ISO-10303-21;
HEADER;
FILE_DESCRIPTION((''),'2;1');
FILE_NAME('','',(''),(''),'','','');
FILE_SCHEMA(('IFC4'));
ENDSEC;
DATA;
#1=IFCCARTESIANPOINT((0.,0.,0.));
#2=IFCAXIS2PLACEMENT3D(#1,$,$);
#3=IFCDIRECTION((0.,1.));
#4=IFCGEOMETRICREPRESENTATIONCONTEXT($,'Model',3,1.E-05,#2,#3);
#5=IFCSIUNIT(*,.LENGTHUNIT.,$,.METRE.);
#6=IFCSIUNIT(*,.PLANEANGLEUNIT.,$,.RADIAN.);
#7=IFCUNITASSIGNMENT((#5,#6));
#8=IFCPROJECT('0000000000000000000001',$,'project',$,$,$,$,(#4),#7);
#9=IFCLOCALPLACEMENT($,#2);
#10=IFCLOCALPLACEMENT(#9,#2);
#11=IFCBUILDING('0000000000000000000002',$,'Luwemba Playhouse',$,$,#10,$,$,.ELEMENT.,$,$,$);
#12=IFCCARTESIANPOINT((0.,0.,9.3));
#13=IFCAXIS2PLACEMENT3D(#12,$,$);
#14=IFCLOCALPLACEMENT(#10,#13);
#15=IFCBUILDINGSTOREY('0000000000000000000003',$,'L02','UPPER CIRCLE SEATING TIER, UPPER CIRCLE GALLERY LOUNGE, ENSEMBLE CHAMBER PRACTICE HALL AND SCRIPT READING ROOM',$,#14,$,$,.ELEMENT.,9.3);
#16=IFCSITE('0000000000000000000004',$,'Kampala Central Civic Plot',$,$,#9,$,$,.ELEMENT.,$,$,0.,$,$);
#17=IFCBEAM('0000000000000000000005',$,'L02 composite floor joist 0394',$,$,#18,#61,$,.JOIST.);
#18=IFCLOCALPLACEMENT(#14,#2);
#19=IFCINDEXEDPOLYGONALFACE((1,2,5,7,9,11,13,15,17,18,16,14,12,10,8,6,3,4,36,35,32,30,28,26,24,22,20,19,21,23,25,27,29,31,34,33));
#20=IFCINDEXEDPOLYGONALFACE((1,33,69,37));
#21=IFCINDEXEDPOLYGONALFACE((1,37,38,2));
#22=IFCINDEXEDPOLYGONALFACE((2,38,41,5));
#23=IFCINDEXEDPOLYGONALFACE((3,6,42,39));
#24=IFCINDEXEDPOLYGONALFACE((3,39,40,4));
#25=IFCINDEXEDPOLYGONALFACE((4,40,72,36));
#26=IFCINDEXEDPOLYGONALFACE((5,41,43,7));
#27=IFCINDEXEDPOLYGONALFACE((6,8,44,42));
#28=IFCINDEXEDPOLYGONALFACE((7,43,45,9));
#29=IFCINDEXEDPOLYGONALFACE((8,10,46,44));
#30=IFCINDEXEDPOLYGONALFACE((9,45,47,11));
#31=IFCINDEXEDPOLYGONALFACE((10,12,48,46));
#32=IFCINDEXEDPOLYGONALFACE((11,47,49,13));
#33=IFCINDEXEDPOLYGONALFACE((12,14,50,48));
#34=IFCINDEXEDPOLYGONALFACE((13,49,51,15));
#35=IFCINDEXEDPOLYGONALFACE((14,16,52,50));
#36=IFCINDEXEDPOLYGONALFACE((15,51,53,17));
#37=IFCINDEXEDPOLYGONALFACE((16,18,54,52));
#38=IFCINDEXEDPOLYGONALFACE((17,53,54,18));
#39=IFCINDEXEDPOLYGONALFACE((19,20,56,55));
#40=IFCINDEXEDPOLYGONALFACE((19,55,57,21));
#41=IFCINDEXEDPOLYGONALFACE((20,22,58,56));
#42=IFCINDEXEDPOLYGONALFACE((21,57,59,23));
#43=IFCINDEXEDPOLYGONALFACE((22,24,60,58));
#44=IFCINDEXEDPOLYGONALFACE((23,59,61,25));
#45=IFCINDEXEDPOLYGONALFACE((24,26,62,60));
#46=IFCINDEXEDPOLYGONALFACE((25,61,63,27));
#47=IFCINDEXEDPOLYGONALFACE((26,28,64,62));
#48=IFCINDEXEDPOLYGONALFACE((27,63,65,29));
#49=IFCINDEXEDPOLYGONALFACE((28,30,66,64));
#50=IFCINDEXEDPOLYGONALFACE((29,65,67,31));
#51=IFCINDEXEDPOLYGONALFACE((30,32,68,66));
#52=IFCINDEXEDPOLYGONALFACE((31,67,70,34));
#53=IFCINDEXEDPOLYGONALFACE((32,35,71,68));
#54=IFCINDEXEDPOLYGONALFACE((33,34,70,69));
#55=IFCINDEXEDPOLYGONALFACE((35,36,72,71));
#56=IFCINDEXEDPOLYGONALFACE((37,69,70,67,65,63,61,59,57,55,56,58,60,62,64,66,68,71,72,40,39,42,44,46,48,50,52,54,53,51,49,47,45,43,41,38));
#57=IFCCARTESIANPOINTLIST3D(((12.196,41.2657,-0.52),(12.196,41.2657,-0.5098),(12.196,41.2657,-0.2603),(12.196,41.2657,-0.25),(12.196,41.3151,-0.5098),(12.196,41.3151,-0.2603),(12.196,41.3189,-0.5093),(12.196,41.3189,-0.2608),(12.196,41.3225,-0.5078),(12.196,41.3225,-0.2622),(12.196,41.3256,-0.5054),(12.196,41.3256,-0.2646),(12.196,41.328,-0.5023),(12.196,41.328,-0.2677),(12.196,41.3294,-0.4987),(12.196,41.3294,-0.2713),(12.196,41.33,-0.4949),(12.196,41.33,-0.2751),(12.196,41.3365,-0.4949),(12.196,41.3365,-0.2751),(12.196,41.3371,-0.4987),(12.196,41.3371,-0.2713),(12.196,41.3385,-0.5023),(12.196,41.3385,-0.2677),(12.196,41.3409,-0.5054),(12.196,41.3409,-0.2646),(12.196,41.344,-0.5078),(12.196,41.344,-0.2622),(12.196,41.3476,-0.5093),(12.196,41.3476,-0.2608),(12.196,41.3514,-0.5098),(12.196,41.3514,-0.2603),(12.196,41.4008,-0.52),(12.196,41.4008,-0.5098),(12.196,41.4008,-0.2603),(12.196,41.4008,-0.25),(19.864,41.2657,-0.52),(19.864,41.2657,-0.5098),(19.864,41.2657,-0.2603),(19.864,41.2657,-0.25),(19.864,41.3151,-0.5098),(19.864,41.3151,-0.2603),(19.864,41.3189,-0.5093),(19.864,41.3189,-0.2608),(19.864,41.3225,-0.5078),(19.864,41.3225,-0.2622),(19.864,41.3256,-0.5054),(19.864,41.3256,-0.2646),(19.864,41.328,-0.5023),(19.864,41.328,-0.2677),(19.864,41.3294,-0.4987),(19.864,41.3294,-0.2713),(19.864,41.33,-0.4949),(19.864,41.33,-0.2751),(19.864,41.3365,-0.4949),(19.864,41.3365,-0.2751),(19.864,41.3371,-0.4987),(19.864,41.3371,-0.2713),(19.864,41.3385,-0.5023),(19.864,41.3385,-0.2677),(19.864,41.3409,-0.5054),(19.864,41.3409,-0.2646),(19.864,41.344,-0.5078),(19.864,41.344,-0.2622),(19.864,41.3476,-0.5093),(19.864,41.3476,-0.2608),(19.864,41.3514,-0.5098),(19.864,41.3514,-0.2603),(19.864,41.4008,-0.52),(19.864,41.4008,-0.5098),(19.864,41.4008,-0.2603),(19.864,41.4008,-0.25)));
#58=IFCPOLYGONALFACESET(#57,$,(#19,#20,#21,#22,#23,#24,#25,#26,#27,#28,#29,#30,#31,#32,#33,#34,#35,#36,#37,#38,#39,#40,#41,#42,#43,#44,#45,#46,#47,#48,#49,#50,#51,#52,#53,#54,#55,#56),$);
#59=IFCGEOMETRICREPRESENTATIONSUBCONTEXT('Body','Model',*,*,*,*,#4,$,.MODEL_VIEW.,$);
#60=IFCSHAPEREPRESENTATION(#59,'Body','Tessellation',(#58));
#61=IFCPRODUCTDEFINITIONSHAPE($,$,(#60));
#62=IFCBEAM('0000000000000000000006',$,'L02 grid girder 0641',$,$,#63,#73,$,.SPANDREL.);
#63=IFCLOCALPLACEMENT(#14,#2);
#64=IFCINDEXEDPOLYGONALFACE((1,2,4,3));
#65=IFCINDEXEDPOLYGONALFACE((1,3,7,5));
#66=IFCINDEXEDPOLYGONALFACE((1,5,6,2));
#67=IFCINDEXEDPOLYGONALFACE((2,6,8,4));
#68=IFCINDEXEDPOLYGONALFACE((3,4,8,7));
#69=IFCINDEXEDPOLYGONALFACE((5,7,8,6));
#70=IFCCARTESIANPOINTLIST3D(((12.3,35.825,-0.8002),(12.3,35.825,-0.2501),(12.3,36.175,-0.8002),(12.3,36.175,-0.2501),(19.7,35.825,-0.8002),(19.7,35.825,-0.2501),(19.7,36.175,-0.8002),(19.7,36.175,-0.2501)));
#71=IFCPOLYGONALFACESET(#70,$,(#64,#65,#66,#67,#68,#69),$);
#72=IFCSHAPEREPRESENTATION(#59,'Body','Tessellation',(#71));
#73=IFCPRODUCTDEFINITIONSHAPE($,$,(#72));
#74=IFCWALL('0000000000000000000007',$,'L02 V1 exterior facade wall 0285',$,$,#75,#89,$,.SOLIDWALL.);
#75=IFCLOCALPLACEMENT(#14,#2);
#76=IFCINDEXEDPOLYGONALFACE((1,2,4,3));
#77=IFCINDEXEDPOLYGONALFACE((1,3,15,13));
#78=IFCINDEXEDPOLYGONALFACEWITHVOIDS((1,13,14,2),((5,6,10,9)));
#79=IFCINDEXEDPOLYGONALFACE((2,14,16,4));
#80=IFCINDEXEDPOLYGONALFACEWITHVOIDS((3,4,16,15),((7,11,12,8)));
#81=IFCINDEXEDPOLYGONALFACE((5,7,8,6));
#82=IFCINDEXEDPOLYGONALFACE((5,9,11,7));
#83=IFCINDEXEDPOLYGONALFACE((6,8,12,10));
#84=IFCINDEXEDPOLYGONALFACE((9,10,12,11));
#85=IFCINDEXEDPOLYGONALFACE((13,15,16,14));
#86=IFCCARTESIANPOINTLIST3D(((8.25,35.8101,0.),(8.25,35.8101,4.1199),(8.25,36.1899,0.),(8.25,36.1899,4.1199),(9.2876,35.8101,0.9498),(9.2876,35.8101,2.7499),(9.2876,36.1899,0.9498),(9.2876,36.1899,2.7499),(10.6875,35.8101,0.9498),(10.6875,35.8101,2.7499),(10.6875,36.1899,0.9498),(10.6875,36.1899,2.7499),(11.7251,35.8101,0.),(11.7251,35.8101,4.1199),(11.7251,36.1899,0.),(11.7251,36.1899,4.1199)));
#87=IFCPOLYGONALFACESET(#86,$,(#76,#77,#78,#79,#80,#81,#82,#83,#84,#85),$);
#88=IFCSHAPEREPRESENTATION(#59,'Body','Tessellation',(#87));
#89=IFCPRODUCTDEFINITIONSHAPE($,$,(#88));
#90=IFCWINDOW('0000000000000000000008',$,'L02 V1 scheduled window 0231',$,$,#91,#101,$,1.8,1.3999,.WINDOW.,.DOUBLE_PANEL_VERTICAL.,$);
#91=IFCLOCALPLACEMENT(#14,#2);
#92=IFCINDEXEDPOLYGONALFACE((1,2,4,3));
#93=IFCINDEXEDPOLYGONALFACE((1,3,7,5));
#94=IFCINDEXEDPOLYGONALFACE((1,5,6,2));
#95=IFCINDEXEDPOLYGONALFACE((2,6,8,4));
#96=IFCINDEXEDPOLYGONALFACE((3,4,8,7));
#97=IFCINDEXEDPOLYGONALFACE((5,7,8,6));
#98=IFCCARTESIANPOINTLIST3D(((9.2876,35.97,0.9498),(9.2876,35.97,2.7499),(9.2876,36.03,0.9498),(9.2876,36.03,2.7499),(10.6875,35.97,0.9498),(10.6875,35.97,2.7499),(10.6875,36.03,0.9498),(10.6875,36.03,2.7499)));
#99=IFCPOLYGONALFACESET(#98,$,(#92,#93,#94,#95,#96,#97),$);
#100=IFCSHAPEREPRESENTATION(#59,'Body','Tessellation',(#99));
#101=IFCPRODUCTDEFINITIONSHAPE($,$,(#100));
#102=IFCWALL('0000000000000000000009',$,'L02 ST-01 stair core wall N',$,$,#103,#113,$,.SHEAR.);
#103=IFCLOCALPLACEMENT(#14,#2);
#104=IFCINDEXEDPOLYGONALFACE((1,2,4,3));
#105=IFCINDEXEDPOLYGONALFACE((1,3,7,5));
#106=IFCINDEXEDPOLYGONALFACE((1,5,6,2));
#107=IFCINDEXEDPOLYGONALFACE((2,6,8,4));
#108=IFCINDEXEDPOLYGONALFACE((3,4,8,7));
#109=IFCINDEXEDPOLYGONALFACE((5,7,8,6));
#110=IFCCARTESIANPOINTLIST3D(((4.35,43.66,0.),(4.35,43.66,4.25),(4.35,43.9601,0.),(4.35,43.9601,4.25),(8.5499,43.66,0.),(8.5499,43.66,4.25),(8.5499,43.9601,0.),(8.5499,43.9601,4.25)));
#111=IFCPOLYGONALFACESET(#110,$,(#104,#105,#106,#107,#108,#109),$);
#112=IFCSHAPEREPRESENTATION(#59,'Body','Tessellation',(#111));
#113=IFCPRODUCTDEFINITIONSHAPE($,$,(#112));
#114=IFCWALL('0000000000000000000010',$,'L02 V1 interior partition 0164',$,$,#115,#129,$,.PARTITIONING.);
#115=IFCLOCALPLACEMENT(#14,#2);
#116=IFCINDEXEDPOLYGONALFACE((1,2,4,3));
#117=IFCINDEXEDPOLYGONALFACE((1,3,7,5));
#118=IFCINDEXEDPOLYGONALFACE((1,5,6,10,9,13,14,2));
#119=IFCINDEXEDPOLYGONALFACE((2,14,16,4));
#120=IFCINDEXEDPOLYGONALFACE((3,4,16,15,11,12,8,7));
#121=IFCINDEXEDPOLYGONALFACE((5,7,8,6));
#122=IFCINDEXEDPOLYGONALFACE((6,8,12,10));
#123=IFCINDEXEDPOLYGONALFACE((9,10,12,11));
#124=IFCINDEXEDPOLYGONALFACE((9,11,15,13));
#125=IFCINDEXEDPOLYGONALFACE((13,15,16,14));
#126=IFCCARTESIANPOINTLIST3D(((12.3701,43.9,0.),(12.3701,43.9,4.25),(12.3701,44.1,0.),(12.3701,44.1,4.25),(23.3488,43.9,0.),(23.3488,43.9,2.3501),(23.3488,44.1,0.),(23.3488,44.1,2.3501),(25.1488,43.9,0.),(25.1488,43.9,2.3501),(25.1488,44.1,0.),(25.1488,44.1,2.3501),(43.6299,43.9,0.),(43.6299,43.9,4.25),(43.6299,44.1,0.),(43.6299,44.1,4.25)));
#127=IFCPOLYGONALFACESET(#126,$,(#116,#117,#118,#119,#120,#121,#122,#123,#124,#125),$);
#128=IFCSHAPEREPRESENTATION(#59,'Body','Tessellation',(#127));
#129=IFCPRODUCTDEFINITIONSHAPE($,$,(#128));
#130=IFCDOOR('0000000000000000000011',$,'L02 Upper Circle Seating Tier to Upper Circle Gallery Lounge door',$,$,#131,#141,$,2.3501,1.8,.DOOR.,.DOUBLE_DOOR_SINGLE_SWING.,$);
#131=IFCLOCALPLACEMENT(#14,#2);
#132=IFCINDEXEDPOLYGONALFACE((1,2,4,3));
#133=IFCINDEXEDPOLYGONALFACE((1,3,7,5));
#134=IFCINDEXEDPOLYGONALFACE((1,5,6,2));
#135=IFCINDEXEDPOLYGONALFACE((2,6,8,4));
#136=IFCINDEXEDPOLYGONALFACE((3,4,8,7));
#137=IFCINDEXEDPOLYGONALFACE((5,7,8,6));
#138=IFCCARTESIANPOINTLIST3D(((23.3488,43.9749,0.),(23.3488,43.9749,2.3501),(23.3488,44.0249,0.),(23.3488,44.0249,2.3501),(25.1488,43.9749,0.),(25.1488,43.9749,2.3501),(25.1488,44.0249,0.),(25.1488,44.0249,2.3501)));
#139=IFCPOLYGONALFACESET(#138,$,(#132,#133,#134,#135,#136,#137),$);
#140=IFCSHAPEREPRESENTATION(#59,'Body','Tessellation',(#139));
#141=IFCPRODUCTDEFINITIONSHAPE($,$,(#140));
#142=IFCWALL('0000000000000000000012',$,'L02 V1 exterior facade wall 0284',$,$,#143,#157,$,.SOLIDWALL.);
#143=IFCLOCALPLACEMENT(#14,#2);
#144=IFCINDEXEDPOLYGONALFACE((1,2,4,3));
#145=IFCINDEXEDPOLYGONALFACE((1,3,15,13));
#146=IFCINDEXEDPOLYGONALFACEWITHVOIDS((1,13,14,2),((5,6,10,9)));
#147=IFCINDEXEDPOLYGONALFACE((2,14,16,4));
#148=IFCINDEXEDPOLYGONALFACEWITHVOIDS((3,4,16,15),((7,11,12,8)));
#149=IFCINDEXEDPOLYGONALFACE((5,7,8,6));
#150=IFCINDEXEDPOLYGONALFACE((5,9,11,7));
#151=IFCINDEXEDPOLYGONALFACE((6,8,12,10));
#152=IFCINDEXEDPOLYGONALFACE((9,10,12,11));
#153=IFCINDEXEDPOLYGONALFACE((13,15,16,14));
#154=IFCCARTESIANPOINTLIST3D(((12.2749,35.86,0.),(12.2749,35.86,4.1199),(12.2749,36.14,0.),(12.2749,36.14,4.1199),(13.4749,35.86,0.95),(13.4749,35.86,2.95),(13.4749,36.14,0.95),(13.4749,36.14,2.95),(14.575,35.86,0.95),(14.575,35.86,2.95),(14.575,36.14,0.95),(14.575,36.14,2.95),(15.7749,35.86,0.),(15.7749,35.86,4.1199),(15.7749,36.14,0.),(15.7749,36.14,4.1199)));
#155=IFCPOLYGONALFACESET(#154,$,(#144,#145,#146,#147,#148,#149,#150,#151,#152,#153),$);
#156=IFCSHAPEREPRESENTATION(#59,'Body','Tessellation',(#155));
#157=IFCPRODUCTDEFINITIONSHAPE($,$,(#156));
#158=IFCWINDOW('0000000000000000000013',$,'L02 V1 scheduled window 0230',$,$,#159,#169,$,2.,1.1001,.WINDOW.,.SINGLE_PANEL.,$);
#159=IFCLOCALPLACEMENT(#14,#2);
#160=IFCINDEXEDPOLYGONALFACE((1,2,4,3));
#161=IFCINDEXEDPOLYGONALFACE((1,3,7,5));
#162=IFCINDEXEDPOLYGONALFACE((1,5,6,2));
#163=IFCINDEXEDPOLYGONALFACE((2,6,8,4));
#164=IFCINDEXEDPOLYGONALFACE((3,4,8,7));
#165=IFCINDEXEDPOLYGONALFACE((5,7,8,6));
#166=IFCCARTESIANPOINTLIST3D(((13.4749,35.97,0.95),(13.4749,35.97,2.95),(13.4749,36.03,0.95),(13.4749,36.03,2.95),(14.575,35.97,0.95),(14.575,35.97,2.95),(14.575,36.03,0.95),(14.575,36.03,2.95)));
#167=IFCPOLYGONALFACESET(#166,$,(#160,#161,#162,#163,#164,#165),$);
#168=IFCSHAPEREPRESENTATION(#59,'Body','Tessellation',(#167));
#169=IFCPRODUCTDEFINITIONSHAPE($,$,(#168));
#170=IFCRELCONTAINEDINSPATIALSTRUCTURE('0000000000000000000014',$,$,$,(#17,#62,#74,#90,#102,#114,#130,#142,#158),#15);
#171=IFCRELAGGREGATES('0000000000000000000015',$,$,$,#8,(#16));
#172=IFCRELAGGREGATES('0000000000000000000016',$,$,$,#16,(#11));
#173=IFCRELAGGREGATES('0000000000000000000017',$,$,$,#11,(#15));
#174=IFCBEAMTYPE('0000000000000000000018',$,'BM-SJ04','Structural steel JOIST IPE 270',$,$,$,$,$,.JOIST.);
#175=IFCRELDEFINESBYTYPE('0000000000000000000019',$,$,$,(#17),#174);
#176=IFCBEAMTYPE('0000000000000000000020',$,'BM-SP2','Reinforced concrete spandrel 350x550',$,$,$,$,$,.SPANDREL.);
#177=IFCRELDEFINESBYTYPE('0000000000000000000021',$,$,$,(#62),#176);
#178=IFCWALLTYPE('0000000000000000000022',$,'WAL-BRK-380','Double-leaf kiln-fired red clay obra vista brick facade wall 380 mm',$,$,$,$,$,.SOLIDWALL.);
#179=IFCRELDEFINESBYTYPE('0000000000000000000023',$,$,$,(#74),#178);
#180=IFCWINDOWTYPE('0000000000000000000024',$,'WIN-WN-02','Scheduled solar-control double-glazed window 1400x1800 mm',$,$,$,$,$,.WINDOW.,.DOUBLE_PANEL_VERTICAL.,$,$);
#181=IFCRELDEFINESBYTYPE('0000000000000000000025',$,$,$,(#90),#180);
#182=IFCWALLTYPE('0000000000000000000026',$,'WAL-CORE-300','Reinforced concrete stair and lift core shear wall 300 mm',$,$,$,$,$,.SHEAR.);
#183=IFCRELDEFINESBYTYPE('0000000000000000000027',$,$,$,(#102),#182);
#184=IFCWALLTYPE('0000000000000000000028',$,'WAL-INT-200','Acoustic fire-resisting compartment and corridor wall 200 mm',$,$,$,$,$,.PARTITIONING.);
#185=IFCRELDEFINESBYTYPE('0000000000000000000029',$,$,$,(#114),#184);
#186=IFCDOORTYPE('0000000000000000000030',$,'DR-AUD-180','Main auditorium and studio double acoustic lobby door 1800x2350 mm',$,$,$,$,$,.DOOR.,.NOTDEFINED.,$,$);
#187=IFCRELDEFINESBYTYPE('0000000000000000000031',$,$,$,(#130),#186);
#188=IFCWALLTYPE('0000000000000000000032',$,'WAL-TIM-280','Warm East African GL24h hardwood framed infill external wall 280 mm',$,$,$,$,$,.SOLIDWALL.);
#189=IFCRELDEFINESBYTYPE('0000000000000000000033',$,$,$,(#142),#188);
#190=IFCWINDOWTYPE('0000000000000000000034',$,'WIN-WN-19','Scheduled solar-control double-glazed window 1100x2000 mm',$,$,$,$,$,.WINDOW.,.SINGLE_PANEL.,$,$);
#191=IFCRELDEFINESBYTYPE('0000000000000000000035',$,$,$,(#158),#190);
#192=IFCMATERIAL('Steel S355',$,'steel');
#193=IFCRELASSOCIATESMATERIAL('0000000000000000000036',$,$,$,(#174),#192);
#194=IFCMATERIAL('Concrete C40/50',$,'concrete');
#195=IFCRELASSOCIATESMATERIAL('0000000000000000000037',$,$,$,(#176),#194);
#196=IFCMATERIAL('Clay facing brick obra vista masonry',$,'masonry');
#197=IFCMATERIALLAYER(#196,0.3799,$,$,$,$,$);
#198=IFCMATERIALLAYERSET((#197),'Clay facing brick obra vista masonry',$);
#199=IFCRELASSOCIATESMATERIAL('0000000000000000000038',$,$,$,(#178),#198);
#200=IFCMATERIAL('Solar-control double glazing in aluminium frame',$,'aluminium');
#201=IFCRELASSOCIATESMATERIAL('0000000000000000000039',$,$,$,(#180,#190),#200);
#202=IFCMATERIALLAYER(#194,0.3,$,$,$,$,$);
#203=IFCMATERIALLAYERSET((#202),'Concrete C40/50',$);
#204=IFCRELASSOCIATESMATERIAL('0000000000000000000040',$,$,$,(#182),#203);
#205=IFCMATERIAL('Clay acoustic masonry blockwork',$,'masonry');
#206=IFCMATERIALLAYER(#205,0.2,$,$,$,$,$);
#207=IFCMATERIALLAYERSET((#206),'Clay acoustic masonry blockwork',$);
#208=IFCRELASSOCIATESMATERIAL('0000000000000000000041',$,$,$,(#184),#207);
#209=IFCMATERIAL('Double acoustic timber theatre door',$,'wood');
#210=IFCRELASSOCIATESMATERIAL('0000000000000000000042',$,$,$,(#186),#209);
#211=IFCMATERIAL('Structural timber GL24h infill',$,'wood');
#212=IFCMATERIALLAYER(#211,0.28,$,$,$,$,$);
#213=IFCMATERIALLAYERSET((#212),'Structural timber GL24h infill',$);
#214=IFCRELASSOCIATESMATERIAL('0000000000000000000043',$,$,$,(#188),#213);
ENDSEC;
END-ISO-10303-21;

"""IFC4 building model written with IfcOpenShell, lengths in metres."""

from ifc_helpers import new_model, si_unit, direction, frame, frame_2d, origin, origin_2d, place, context, subcontext, project, spatial, rectangle, i_section, extrude, material, layer, layer_set, material_profile, profile_set, type_object, element, fill, save


model = new_model("IFC4")

# Units and contexts
model_context = context("Model", 3, precision=1e-05, world=origin(), true_north=direction((0.0, 1.0)))
body_context = subcontext(model_context, "Body", "Model", "MODEL_VIEW")
ifc_project = project(units=[si_unit("LENGTHUNIT", "METRE"), si_unit("PLANEANGLEUNIT", "RADIAN")], contexts=[model_context])

# Site, building, storey
site_placement = place(None, origin())
site = spatial("IfcSite", under=ifc_project, at=site_placement, Name="Kampala Central Civic Plot", CompositionType="ELEMENT", RefElevation=0.0)
building_placement = place(site_placement, origin())
building = spatial("IfcBuilding", under=site, at=building_placement, Name="Luwemba Playhouse", CompositionType="ELEMENT")
storey_placement = place(building_placement, frame((0.0, 0.0, 9.3)))
storey = spatial("IfcBuildingStorey", under=building, at=storey_placement, Name="L02", Description="UPPER CIRCLE SEATING TIER, UPPER CIRCLE GALLERY LOUNGE, ENSEMBLE CHAMBER PRACTICE HALL AND SCRIPT READING ROOM", CompositionType="ELEMENT", Elevation=9.3)

# Shared definitions
ifc_material_1 = material(Name="Concrete C40/50", Category="concrete")

# Beams
ifc_material_2 = material(Name="Steel S355", Category="steel")
ifc_material_profile_1 = material_profile(ifc_material_2, i_section(OverallWidth=0.135, OverallDepth=0.27, WebThickness=0.0066, FlangeThickness=0.0103, FilletRadius=0.0149, at=origin_2d()))
ifc_profile_set_1 = profile_set([ifc_material_profile_1], Name="Steel S355")
beam_type_1 = type_object("IfcBeamType", Name="BM-SJ04", Description="Structural steel JOIST IPE 270", PredefinedType="JOIST", material=ifc_profile_set_1)
beam_1_placement = place(storey_placement, frame((12.196, 41.3333, -0.385), z_axis=(1.0, 0.0, 0.0), x_axis=(0.0, 1.0, 0.0)))
element("IfcBeam", 1, at=beam_1_placement, inside=storey, type_object=beam_type_1, Name="L02 composite floor joist 0394", PredefinedType="JOIST", context=body_context, shape_type="SweptSolid", body=[
    extrude(i_section(OverallWidth=0.135, OverallDepth=0.27, WebThickness=0.0066, FlangeThickness=0.0103, FilletRadius=0.0149, at=origin_2d()), origin(), (0.0, 0.0, 1.0), 7.668),
])
ifc_material_profile_2 = material_profile(ifc_material_1, rectangle(XDim=0.3501, YDim=0.55, at=origin_2d()))
ifc_profile_set_2 = profile_set([ifc_material_profile_2], Name="Concrete C40/50")
beam_type_2 = type_object("IfcBeamType", Name="BM-SP2", Description="Reinforced concrete spandrel 350x550", PredefinedType="SPANDREL", material=ifc_profile_set_2)
beam_2_placement = place(storey_placement, frame((12.3, 36.0, -0.5251), z_axis=(1.0, 0.0, 0.0), x_axis=(0.0, 1.0, 0.0)))
element("IfcBeam", 2, at=beam_2_placement, inside=storey, type_object=beam_type_2, Name="L02 grid girder 0641", PredefinedType="SPANDREL", context=body_context, shape_type="SweptSolid", body=[
    extrude(rectangle(XDim=0.3501, YDim=0.55, at=origin_2d()), origin(), (0.0, 0.0, 1.0), 7.3999),
])

# Wall, opening, window
ifc_material_3 = material(Name="Clay facing brick obra vista masonry", Category="masonry")
ifc_layer_1 = layer(ifc_material_3, 0.3799)
ifc_layer_set_1 = layer_set([ifc_layer_1], Name="Clay facing brick obra vista masonry")
wall_type_1 = type_object("IfcWallType", Name="WAL-BRK-380", Description="Double-leaf kiln-fired red clay obra vista brick facade wall 380 mm", PredefinedType="SOLIDWALL", material=ifc_layer_set_1)
wall_1_placement = place(storey_placement, frame((11.7251, 36.0, 0.0), z_axis=(0.0, 0.0, 1.0), x_axis=(-1.0, 0.0, 0.0)))
wall_1 = element("IfcWall", 3, at=wall_1_placement, inside=storey, type_object=wall_type_1, Name="L02 V1 exterior facade wall 0285", PredefinedType="SOLIDWALL", context=body_context, shape_type="SweptSolid", body=[
    extrude(rectangle(XDim=3.4751, YDim=0.3799, at=frame_2d((1.7375, 0.0))), origin(), (0.0, 0.0, 1.0), 4.1199),
])
opening_1_placement = place(wall_1_placement, frame((1.0376, 0.0, 0.95)))
opening_1 = element("IfcOpeningElement", 4, at=opening_1_placement, cuts=wall_1, PredefinedType="OPENING", context=body_context, shape_type="SweptSolid", body=[
    extrude(rectangle(XDim=1.3999, YDim=1.8, at=frame_2d((0.7, 0.8999))), frame((0.0, 0.2, 0.0), z_axis=(0.0, -1.0, 0.0), x_axis=(1.0, 0.0, 0.0)), (0.0, 0.0, 1.0), 0.3999),
])
ifc_material_4 = material(Name="Solar-control double glazing in aluminium frame", Category="aluminium")
window_type_1 = type_object("IfcWindowType", Name="WIN-WN-02", Description="Scheduled solar-control double-glazed window 1400x1800 mm", PartitioningType="DOUBLE_PANEL_VERTICAL", PredefinedType="WINDOW", material=ifc_material_4)
window_1_placement = place(opening_1_placement, origin())
window_1 = element("IfcWindow", 5, at=window_1_placement, inside=storey, type_object=window_type_1, Name="L02 V1 scheduled window 0231", OverallHeight=1.8, OverallWidth=1.3999, PartitioningType="DOUBLE_PANEL_VERTICAL", PredefinedType="WINDOW", context=body_context, shape_type="SweptSolid", body=[
    extrude(rectangle(XDim=1.3999, YDim=1.8, at=frame_2d((0.7, 0.8999))), frame((0.0, 0.03, 0.0), z_axis=(0.0, -1.0, 0.0), x_axis=(1.0, 0.0, 0.0)), (0.0, 0.0, 1.0), 0.0601),
])
fill(opening_1, window_1)

# Wall
ifc_layer_2 = layer(ifc_material_1, 0.3)
ifc_layer_set_2 = layer_set([ifc_layer_2], Name="Concrete C40/50")
wall_type_2 = type_object("IfcWallType", Name="WAL-CORE-300", Description="Reinforced concrete stair and lift core shear wall 300 mm", PredefinedType="SHEAR", material=ifc_layer_set_2)
wall_2_placement = place(storey_placement, frame((8.55, 43.8101, 0.0), z_axis=(0.0, 0.0, 1.0), x_axis=(-1.0, 0.0, 0.0)))
element("IfcWall", 6, at=wall_2_placement, inside=storey, type_object=wall_type_2, Name="L02 ST-01 stair core wall N", PredefinedType="SHEAR", context=body_context, shape_type="SweptSolid", body=[
    extrude(rectangle(XDim=4.2, YDim=0.3, at=frame_2d((2.1001, 0.0))), origin(), (0.0, 0.0, 1.0), 4.25),
])

# Wall, opening, door
ifc_material_5 = material(Name="Clay acoustic masonry blockwork", Category="masonry")
ifc_layer_3 = layer(ifc_material_5, 0.2)
ifc_layer_set_3 = layer_set([ifc_layer_3], Name="Clay acoustic masonry blockwork")
wall_type_3 = type_object("IfcWallType", Name="WAL-INT-200", Description="Acoustic fire-resisting compartment and corridor wall 200 mm", PredefinedType="PARTITIONING", material=ifc_layer_set_3)
wall_3_placement = place(storey_placement, frame((12.3701, 44.0, 0.0), z_axis=(0.0, 0.0, 1.0), x_axis=(1.0, 0.0, 0.0)))
wall_3 = element("IfcWall", 7, at=wall_3_placement, inside=storey, type_object=wall_type_3, Name="L02 V1 interior partition 0164", PredefinedType="PARTITIONING", context=body_context, shape_type="SweptSolid", body=[
    extrude(rectangle(XDim=31.2598, YDim=0.2, at=frame_2d((15.6299, 0.0))), origin(), (0.0, 0.0, 1.0), 4.25),
])
opening_2_placement = place(wall_3_placement, frame((10.9788, 0.0, 0.0)))
opening_2 = element("IfcOpeningElement", 8, at=opening_2_placement, cuts=wall_3, PredefinedType="OPENING", context=body_context, shape_type="SweptSolid", body=[
    extrude(rectangle(XDim=1.8, YDim=2.3501, at=frame_2d((0.8999, 1.175))), frame((0.0, 0.1099, 0.0), z_axis=(0.0, -1.0, 0.0), x_axis=(1.0, 0.0, 0.0)), (0.0, 0.0, 1.0), 0.22),
])
ifc_material_6 = material(Name="Double acoustic timber theatre door", Category="wood")
door_type_1 = type_object("IfcDoorType", Name="DR-AUD-180", Description="Main auditorium and studio double acoustic lobby door 1800x2350 mm", OperationType="NOTDEFINED", PredefinedType="DOOR", material=ifc_material_6)
door_1_placement = place(opening_2_placement, origin())
door_1 = element("IfcDoor", 9, at=door_1_placement, inside=storey, type_object=door_type_1, Name="L02 Upper Circle Seating Tier to Upper Circle Gallery Lounge door", OperationType="DOUBLE_DOOR_SINGLE_SWING", OverallHeight=2.3501, OverallWidth=1.8, PredefinedType="DOOR", context=body_context, shape_type="SweptSolid", body=[
    extrude(rectangle(XDim=1.8, YDim=2.3501, at=frame_2d((0.8999, 1.175))), frame((0.0, 0.0249, 0.0), z_axis=(0.0, -1.0, 0.0), x_axis=(1.0, 0.0, 0.0)), (0.0, 0.0, 1.0), 0.05),
])
fill(opening_2, door_1)

# Wall, opening, window
ifc_material_7 = material(Name="Structural timber GL24h infill", Category="wood")
ifc_layer_4 = layer(ifc_material_7, 0.28)
ifc_layer_set_4 = layer_set([ifc_layer_4], Name="Structural timber GL24h infill")
wall_type_4 = type_object("IfcWallType", Name="WAL-TIM-280", Description="Warm East African GL24h hardwood framed infill external wall 280 mm", PredefinedType="SOLIDWALL", material=ifc_layer_set_4)
wall_4_placement = place(storey_placement, frame((15.7749, 36.0, 0.0), z_axis=(0.0, 0.0, 1.0), x_axis=(-1.0, 0.0, 0.0)))
wall_4 = element("IfcWall", 10, at=wall_4_placement, inside=storey, type_object=wall_type_4, Name="L02 V1 exterior facade wall 0284", PredefinedType="SOLIDWALL", context=body_context, shape_type="SweptSolid", body=[
    extrude(rectangle(XDim=3.5, YDim=0.28, at=frame_2d((1.75, 0.0))), origin(), (0.0, 0.0, 1.0), 4.1199),
])
opening_3_placement = place(wall_4_placement, frame((1.2, 0.0, 0.95)))
opening_3 = element("IfcOpeningElement", 11, at=opening_3_placement, cuts=wall_4, PredefinedType="OPENING", context=body_context, shape_type="SweptSolid", body=[
    extrude(rectangle(XDim=1.1001, YDim=2.0, at=frame_2d((0.55, 1.0))), frame((0.0, 0.1499, 0.0), z_axis=(0.0, -1.0, 0.0), x_axis=(1.0, 0.0, 0.0)), (0.0, 0.0, 1.0), 0.3),
])
window_type_2 = type_object("IfcWindowType", Name="WIN-WN-19", Description="Scheduled solar-control double-glazed window 1100x2000 mm", PartitioningType="SINGLE_PANEL", PredefinedType="WINDOW", material=ifc_material_4)
window_2_placement = place(opening_3_placement, origin())
window_2 = element("IfcWindow", 12, at=window_2_placement, inside=storey, type_object=window_type_2, Name="L02 V1 scheduled window 0230", OverallHeight=2.0, OverallWidth=1.1001, PartitioningType="SINGLE_PANEL", PredefinedType="WINDOW", context=body_context, shape_type="SweptSolid", body=[
    extrude(rectangle(XDim=1.1001, YDim=2.0, at=frame_2d((0.55, 1.0))), frame((0.0, 0.03, 0.0), z_axis=(0.0, -1.0, 0.0), x_axis=(1.0, 0.0, 0.0)), (0.0, 0.0, 1.0), 0.0601),
])
fill(opening_3, window_2)

save(model, "model.ifc")
